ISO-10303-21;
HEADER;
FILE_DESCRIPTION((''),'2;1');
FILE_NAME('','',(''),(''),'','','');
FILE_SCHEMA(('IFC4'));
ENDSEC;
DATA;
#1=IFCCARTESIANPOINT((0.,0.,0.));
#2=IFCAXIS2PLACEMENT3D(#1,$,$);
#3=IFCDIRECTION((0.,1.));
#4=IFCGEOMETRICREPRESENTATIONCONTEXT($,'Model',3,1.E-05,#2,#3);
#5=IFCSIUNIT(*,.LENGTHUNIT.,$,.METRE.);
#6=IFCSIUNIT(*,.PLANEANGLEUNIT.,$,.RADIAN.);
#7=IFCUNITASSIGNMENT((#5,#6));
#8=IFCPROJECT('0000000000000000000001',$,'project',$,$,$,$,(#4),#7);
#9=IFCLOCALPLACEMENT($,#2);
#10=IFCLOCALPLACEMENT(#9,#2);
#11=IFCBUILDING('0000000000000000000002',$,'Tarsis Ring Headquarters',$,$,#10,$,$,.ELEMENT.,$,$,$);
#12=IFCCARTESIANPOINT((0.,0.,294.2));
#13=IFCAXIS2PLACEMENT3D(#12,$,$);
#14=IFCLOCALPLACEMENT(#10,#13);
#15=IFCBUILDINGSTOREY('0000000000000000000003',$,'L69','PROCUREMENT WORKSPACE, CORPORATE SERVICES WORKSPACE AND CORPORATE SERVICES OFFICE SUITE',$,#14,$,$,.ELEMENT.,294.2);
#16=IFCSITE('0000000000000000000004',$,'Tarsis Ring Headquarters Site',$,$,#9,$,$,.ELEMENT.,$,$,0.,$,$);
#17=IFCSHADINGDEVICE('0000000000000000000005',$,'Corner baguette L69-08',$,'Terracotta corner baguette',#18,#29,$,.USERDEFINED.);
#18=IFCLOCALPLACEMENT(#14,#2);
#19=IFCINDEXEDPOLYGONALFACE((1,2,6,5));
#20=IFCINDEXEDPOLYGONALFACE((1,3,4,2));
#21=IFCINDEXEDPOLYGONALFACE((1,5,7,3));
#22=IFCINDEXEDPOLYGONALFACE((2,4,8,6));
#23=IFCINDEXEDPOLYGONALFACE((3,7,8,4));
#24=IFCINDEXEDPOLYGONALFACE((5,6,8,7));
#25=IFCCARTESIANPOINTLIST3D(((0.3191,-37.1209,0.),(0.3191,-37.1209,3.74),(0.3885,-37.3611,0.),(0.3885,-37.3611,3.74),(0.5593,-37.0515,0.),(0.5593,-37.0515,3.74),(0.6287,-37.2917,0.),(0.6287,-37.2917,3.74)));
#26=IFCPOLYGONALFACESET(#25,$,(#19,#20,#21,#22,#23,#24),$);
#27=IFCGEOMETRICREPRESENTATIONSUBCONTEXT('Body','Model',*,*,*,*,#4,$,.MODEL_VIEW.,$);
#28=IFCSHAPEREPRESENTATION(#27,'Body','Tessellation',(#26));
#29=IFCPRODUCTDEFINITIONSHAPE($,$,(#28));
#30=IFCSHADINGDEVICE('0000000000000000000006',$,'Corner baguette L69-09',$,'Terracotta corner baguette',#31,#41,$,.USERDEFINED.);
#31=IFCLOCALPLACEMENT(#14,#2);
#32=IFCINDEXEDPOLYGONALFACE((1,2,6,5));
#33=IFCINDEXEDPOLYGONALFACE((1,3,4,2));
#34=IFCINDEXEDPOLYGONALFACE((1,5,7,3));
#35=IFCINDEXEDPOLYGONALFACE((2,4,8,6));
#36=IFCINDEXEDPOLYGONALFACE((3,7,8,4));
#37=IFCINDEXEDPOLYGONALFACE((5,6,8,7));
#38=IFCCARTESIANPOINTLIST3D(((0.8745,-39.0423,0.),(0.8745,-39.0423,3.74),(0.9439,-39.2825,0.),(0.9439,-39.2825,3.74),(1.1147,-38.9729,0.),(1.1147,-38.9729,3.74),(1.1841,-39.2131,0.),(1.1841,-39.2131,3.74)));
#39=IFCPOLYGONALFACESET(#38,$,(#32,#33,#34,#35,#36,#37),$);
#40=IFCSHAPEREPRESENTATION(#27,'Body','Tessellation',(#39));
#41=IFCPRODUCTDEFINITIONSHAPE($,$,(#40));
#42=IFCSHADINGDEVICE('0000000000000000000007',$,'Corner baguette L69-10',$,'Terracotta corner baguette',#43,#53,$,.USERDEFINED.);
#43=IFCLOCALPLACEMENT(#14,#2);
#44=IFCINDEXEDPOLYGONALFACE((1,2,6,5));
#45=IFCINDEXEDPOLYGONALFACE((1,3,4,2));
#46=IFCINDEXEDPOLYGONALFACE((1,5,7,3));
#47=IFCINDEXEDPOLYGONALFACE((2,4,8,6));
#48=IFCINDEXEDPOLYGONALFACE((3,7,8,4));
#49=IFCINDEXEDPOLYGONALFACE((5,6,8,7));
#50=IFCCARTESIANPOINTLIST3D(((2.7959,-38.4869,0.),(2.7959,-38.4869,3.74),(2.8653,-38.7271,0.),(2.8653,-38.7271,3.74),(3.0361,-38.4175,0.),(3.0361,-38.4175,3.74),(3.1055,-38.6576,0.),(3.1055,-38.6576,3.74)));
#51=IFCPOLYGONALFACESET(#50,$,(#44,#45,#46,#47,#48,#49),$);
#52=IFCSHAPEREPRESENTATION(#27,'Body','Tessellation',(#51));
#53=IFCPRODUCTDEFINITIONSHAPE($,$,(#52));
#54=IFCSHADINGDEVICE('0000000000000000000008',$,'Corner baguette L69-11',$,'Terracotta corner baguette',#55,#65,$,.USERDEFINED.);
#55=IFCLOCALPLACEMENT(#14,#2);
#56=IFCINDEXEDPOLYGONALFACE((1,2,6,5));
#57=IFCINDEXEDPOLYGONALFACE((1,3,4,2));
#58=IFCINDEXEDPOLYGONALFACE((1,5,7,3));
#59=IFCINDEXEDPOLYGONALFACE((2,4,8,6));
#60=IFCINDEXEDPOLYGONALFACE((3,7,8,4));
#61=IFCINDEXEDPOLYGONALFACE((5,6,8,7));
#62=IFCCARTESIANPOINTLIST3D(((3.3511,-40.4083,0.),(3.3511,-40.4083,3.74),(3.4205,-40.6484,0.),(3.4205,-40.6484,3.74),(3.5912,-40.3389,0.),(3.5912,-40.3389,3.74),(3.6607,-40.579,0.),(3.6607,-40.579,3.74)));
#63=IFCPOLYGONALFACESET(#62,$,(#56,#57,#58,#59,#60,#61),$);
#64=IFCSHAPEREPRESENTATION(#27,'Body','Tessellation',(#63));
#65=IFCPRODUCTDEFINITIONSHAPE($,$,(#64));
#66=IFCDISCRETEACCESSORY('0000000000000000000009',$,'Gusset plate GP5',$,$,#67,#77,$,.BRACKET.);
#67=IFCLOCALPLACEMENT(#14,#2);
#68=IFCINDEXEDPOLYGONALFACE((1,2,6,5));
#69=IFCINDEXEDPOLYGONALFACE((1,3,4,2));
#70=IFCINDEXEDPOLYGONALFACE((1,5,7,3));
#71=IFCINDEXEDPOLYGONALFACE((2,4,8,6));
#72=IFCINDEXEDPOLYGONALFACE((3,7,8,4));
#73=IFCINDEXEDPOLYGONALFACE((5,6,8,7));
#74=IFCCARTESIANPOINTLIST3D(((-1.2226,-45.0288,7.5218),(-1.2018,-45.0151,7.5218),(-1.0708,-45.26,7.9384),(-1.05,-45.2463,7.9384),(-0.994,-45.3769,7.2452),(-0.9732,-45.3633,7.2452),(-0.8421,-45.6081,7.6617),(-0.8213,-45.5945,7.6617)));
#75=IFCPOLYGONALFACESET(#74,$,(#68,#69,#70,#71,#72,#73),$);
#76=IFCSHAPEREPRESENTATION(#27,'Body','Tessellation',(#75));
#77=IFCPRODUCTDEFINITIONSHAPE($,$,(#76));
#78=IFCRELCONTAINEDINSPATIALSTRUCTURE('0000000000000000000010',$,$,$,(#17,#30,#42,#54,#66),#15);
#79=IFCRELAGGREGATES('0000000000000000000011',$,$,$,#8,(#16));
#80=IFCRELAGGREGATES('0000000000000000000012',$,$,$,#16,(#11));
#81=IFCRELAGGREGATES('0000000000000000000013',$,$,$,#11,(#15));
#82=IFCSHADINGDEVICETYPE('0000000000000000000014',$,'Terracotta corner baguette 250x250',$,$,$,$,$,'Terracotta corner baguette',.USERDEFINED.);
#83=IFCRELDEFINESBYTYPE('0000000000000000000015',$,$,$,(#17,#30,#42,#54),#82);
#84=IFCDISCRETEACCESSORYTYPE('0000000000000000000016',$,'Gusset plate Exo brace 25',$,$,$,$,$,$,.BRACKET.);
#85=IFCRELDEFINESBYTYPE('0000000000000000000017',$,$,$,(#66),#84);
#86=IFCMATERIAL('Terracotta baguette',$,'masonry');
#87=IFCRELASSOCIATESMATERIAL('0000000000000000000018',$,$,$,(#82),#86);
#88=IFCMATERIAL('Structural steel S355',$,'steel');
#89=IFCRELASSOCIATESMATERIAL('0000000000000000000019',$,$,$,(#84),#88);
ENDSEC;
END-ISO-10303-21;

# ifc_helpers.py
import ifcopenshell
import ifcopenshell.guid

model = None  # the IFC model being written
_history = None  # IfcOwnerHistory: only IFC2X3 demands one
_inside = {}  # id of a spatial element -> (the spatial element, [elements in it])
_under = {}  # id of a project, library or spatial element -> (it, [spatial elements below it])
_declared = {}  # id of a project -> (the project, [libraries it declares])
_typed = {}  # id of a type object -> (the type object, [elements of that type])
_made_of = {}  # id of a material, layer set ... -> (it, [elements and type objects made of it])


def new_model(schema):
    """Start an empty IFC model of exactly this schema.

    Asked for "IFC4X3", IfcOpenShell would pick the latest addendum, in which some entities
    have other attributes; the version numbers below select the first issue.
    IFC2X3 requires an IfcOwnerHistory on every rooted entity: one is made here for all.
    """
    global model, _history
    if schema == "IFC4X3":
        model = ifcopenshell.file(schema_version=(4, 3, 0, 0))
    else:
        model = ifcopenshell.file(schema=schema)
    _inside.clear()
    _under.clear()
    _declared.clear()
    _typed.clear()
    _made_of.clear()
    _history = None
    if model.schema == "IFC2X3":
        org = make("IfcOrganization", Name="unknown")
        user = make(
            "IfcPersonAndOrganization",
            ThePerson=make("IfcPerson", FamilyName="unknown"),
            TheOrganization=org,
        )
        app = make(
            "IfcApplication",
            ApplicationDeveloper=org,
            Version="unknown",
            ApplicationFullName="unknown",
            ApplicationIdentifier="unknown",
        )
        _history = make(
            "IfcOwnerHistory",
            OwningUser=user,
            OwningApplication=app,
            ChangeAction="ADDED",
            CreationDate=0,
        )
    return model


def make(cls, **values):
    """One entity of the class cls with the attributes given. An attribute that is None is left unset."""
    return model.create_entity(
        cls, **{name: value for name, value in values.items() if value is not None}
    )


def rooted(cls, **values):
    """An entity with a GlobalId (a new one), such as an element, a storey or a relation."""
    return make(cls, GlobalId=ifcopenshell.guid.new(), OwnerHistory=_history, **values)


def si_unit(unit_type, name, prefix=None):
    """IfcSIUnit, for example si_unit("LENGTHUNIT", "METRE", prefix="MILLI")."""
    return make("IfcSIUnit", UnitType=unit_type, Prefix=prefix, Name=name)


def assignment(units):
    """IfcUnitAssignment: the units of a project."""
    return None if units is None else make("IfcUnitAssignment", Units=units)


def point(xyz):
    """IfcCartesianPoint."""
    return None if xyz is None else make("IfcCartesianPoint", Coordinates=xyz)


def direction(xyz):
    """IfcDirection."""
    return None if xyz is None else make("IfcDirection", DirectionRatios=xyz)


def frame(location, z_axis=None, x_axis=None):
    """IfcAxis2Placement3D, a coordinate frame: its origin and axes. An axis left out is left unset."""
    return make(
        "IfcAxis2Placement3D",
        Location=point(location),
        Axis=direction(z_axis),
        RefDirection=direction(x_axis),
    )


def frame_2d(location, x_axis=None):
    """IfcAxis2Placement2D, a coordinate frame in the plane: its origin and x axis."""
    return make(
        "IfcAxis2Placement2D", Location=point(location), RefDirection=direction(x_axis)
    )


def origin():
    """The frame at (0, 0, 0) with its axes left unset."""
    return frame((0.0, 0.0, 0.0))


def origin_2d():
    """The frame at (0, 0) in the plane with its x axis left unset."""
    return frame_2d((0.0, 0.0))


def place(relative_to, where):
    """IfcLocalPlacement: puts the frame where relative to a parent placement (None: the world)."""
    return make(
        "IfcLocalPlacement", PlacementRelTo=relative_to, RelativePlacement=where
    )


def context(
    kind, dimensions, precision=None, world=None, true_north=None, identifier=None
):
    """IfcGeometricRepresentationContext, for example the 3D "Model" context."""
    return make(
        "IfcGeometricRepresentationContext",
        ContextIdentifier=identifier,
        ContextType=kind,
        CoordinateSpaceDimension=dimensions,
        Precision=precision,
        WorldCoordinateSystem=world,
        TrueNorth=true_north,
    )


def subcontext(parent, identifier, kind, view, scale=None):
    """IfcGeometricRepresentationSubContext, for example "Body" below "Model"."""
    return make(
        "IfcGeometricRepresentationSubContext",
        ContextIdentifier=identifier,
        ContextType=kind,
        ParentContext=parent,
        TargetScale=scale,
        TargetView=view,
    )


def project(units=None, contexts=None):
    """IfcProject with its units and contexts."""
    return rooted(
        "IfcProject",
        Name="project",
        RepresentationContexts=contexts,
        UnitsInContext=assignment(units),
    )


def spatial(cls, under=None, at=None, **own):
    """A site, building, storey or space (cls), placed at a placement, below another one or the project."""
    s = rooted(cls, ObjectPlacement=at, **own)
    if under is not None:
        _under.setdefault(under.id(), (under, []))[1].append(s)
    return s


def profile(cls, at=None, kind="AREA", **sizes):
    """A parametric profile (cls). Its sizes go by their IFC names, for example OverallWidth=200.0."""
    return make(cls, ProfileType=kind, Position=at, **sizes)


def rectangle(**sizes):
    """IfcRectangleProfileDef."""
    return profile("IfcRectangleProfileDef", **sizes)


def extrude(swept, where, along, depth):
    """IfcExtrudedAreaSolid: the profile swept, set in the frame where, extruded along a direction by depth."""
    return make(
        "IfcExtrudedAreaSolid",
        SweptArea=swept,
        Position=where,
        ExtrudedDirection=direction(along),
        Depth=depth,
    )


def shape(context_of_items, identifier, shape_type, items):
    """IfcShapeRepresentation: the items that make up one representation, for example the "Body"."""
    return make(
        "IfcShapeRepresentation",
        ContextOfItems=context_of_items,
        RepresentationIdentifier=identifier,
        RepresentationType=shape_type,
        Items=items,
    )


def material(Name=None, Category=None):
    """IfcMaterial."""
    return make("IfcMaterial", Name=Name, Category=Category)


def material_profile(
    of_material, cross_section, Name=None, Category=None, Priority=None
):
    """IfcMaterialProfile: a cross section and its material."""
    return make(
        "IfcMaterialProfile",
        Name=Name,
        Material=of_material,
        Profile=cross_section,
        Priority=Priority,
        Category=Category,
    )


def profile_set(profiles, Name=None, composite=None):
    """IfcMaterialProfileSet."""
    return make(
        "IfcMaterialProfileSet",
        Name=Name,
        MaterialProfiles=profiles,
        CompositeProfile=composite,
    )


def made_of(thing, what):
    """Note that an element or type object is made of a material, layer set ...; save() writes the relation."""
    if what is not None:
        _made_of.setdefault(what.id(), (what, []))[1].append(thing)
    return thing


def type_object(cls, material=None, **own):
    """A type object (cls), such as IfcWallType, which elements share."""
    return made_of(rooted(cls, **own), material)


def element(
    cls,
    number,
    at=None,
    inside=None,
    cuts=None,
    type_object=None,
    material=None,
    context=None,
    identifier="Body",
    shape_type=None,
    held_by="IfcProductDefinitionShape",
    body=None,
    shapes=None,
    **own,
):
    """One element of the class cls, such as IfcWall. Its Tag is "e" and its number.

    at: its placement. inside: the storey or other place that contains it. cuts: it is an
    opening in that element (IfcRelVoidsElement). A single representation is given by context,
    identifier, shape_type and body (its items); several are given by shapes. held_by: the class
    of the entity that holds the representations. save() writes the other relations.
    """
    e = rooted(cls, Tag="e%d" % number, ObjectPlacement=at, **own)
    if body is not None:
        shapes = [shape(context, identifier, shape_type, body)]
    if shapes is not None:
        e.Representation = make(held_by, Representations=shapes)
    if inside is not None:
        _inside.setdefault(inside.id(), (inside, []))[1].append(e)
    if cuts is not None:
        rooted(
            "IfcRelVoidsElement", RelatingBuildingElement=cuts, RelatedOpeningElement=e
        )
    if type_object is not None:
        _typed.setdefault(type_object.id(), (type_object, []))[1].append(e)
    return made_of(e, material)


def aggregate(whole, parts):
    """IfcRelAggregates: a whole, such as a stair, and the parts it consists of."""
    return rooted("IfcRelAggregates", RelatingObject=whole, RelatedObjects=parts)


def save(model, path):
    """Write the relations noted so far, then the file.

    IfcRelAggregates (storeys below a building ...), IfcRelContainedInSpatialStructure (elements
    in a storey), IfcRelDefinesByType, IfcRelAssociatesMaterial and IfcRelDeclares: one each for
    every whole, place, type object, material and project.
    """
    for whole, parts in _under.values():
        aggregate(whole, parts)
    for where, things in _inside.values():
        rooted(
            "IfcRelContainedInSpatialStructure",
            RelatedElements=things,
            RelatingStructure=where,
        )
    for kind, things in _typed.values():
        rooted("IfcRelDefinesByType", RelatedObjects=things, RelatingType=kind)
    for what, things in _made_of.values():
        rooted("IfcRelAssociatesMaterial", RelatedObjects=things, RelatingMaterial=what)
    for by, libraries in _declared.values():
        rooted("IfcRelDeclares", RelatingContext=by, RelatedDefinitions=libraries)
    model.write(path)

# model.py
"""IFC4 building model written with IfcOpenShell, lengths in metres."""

from ifc_helpers import new_model, si_unit, direction, frame, origin, origin_2d, place, context, subcontext, project, spatial, rectangle, extrude, material, material_profile, profile_set, type_object, element, save


model = new_model("IFC4")

# Units and contexts
model_context = context("Model", 3, precision=1e-05, world=origin(), true_north=direction((0.0, 1.0)))
body_context = subcontext(model_context, "Body", "Model", "MODEL_VIEW")
ifc_project = project(units=[si_unit("LENGTHUNIT", "METRE"), si_unit("PLANEANGLEUNIT", "RADIAN")], contexts=[model_context])

# Site, building, storey
site_placement = place(None, origin())
site = spatial("IfcSite", under=ifc_project, at=site_placement, Name="Tarsis Ring Headquarters Site", CompositionType="ELEMENT", RefElevation=0.0)
building_placement = place(site_placement, origin())
building = spatial("IfcBuilding", under=site, at=building_placement, Name="Tarsis Ring Headquarters", CompositionType="ELEMENT")
storey_placement = place(building_placement, frame((0.0, 0.0, 294.2)))
storey = spatial("IfcBuildingStorey", under=building, at=storey_placement, Name="L69", Description="PROCUREMENT WORKSPACE, CORPORATE SERVICES WORKSPACE AND CORPORATE SERVICES OFFICE SUITE", CompositionType="ELEMENT", Elevation=294.2)

# Shared definitions
ifc_material_1 = material(Name="Structural steel S355", Category="steel")

# Shading devices
ifc_material_2 = material(Name="Terracotta baguette", Category="masonry")
shading_device_type_1 = type_object("IfcShadingDeviceType", Name="Terracotta corner baguette 250x250", ElementType="Terracotta corner baguette", PredefinedType="USERDEFINED", material=ifc_material_2)
for number, where, z_axis, x_axis, name in (
    (1, (0.4739, -37.2063, 0.0), (0.0, 0.0, 1.0), (0.960682, 0.27765, 0.0), "Corner baguette L69-08"),
    (2, (1.0293, -39.1277, 0.0), (0.0, 0.0, 1.0), (0.27765, -0.960682, 0.0), "Corner baguette L69-09"),
    (3, (2.9507, -38.5723, 0.0), (0.0, 0.0, 1.0), (0.960682, 0.27765, 0.0), "Corner baguette L69-10"),
    (4, (3.5059, -40.4937, 0.0), (0.0, 0.0, 1.0), (0.27765, -0.960682, 0.0), "Corner baguette L69-11"),
):
    element("IfcShadingDevice", number, at=place(storey_placement, frame(where, z_axis=z_axis, x_axis=x_axis)), inside=storey, type_object=shading_device_type_1, Name=name, ObjectType="Terracotta corner baguette", PredefinedType="USERDEFINED", context=body_context, shape_type="SweptSolid", body=[
        extrude(rectangle(XDim=0.25, YDim=0.25, at=origin_2d()), origin(), (0.0, 0.0, 1.0), 3.74),
    ])

# Discrete accessory
ifc_material_profile_1 = material_profile(ifc_material_1, rectangle(XDim=0.0249, YDim=0.5, at=origin_2d()), Name="PL 25x500")
ifc_profile_set_1 = profile_set([ifc_material_profile_1], Name="Structural steel S355")
discrete_accessory_type = type_object("IfcDiscreteAccessoryType", Name="Gusset plate Exo brace 25", PredefinedType="BRACKET", material=ifc_profile_set_1)
discrete_accessory_placement = place(storey_placement, frame((-0.946, -45.4272, 7.8), z_axis=(-0.303717, 0.462412, -0.833025), x_axis=(-0.835833, -0.548984, 0.0)))
element("IfcDiscreteAccessory", 5, at=discrete_accessory_placement, inside=storey, type_object=discrete_accessory_type, Name="Gusset plate GP5", PredefinedType="BRACKET", context=body_context, shape_type="SweptSolid", body=[
    extrude(rectangle(XDim=0.0249, YDim=0.5, at=origin_2d()), origin(), (0.0, 0.0, 1.0), 0.5),
])

save(model, "model.ifc")
